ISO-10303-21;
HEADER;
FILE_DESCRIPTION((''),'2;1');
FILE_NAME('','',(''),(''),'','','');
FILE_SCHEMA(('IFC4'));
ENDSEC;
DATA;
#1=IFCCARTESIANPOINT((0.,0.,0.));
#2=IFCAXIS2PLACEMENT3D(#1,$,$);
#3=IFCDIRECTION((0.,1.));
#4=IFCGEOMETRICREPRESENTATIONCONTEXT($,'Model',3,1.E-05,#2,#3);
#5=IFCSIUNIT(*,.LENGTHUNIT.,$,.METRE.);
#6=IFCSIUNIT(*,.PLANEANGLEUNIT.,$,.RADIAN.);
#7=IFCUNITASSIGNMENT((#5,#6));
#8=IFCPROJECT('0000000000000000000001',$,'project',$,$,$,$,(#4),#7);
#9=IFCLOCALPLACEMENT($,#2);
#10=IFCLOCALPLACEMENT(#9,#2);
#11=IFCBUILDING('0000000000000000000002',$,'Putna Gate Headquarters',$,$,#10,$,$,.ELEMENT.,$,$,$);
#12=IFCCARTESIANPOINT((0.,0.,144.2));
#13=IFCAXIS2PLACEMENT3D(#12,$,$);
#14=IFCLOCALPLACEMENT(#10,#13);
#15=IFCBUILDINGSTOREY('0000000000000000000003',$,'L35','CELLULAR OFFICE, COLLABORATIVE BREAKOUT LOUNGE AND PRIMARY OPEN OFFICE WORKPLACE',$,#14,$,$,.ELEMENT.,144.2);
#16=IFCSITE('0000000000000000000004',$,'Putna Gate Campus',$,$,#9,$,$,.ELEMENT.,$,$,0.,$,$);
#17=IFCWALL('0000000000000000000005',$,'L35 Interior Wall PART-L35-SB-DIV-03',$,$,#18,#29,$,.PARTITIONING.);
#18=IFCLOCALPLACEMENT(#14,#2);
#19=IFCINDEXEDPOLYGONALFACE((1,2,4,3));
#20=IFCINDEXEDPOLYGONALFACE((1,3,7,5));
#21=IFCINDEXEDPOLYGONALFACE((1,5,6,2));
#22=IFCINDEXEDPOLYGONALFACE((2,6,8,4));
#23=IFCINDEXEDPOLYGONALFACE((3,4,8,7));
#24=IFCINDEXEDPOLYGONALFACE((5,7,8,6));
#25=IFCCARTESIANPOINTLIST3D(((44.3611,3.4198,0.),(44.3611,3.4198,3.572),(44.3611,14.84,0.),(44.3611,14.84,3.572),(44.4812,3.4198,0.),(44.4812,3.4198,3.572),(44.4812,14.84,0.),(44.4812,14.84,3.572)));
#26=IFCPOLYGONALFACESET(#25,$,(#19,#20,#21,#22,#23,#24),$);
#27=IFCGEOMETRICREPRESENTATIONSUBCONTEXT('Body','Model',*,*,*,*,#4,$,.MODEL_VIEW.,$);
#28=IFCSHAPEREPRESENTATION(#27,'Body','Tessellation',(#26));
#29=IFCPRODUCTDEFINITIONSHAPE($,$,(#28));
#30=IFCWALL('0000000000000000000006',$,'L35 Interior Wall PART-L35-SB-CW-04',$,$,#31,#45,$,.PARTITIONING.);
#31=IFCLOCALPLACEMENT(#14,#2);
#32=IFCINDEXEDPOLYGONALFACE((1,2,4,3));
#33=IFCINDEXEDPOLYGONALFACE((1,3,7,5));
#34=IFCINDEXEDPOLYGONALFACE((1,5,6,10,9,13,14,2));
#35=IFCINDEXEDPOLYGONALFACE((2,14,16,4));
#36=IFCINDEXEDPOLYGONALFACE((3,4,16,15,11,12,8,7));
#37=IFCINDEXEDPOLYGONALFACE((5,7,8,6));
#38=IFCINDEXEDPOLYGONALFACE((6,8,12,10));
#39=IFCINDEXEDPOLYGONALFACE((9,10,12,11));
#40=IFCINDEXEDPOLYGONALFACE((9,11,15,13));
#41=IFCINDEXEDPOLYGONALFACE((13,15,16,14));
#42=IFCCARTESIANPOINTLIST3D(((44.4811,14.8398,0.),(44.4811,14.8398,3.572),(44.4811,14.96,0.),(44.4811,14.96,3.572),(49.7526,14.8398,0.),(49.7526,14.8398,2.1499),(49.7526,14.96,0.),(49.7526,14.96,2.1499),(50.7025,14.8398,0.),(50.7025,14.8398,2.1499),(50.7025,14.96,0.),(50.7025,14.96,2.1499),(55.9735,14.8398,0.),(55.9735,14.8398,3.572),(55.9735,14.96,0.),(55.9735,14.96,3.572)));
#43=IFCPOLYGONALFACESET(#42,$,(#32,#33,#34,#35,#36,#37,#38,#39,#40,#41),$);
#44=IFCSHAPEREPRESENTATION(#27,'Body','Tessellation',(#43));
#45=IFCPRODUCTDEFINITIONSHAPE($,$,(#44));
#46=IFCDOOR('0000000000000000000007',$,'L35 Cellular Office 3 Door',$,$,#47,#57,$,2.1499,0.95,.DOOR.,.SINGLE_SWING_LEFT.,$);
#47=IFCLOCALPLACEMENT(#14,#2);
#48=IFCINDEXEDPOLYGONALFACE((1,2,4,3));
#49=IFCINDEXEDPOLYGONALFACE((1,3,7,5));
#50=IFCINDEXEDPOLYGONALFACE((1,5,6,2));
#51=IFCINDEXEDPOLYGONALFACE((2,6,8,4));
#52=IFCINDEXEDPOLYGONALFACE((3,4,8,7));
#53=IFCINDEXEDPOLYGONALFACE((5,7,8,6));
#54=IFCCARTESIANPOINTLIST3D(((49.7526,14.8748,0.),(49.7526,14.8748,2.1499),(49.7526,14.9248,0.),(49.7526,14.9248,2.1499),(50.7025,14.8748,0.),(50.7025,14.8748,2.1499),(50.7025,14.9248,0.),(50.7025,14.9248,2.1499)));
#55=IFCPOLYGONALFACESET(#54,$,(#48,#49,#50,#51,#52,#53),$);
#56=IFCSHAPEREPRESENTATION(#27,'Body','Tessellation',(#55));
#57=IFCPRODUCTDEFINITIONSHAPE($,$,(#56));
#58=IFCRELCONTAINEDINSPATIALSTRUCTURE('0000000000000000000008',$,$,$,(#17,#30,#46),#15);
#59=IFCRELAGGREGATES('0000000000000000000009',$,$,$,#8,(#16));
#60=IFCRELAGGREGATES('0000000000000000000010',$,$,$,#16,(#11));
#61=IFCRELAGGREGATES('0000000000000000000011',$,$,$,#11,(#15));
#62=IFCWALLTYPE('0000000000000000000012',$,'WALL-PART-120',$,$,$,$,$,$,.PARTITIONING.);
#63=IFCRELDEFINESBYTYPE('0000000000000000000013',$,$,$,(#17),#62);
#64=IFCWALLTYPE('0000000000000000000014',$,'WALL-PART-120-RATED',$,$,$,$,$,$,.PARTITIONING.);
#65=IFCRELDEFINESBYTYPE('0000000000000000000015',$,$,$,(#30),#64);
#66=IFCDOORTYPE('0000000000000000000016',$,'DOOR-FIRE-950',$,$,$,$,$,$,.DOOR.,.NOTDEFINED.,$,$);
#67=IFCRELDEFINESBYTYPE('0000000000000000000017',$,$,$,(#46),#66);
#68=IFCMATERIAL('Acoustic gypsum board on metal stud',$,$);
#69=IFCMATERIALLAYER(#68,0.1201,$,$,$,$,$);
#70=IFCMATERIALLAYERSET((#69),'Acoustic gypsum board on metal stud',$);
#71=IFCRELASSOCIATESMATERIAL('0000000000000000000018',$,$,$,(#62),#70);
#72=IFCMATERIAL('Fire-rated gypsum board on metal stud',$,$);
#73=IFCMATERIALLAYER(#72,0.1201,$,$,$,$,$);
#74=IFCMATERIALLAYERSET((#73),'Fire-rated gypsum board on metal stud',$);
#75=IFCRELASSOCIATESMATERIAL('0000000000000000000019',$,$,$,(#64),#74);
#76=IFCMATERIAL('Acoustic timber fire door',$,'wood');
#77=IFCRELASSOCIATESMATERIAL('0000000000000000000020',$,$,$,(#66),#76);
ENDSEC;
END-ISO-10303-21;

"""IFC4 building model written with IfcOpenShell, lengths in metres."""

from ifc_helpers import new_model, si_unit, direction, frame, frame_2d, origin, place, context, subcontext, project, spatial, rectangle, extrude, material, layer, layer_set, type_object, element, fill, save


model = new_model("IFC4")

# Units and contexts
model_context = context("Model", 3, precision=1e-05, world=origin(), true_north=direction((0.0, 1.0)))
body_context = subcontext(model_context, "Body", "Model", "MODEL_VIEW")
ifc_project = project(units=[si_unit("LENGTHUNIT", "METRE"), si_unit("PLANEANGLEUNIT", "RADIAN")], contexts=[model_context])

# Site, building, storey
site_placement = place(None, origin())
site = spatial("IfcSite", under=ifc_project, at=site_placement, Name="Putna Gate Campus", CompositionType="ELEMENT", RefElevation=0.0)
building_placement = place(site_placement, origin())
building = spatial("IfcBuilding", under=site, at=building_placement, Name="Putna Gate Headquarters", CompositionType="ELEMENT")
storey_placement = place(building_placement, frame((0.0, 0.0, 144.2)))
storey = spatial("IfcBuildingStorey", under=building, at=storey_placement, Name="L35", Description="CELLULAR OFFICE, COLLABORATIVE BREAKOUT LOUNGE AND PRIMARY OPEN OFFICE WORKPLACE", CompositionType="ELEMENT", Elevation=144.2)

# Wall
ifc_material_1 = material(Name="Acoustic gypsum board on metal stud")
ifc_layer_1 = layer(ifc_material_1, 0.1201)
ifc_layer_set_1 = layer_set([ifc_layer_1], Name="Acoustic gypsum board on metal stud")
wall_type_1 = type_object("IfcWallType", Name="WALL-PART-120", PredefinedType="PARTITIONING", material=ifc_layer_set_1)
wall_1_placement = place(storey_placement, frame((44.4211, 3.4199, 0.0), z_axis=(0.0, 0.0, 1.0), x_axis=(0.0, 1.0, 0.0)))
element("IfcWall", 1, at=wall_1_placement, inside=storey, type_object=wall_type_1, Name="L35 Interior Wall PART-L35-SB-DIV-03", PredefinedType="PARTITIONING", context=body_context, shape_type="SweptSolid", body=[
    extrude(rectangle(XDim=11.4202, YDim=0.1201, at=frame_2d((5.71, 0.0))), origin(), (0.0, 0.0, 1.0), 3.572),
])

# Wall, opening, door
ifc_material_2 = material(Name="Fire-rated gypsum board on metal stud")
ifc_layer_2 = layer(ifc_material_2, 0.1201)
ifc_layer_set_2 = layer_set([ifc_layer_2], Name="Fire-rated gypsum board on metal stud")
wall_type_2 = type_object("IfcWallType", Name="WALL-PART-120-RATED", PredefinedType="PARTITIONING", material=ifc_layer_set_2)
wall_2_placement = place(storey_placement, frame((44.4812, 14.8999, 0.0), z_axis=(0.0, 0.0, 1.0), x_axis=(1.0, 0.0, 0.0)))
wall_2 = element("IfcWall", 2, at=wall_2_placement, inside=storey, type_object=wall_type_2, Name="L35 Interior Wall PART-L35-SB-CW-04", PredefinedType="PARTITIONING", context=body_context, shape_type="SweptSolid", body=[
    extrude(rectangle(XDim=11.4924, YDim=0.1201, at=frame_2d((5.7461, 0.0))), origin(), (0.0, 0.0, 1.0), 3.572),
])
opening_placement = place(wall_2_placement, frame((5.2712, 0.0, 0.0)))
opening = element("IfcOpeningElement", 3, at=opening_placement, cuts=wall_2, PredefinedType="OPENING", context=body_context, shape_type="SweptSolid", body=[
    extrude(rectangle(XDim=0.95, YDim=2.1499, at=frame_2d((0.4751, 1.075))), frame((0.0, 0.0701, 0.0), z_axis=(0.0, -1.0, 0.0), x_axis=(1.0, 0.0, 0.0)), (0.0, 0.0, 1.0), 0.1401),
])
ifc_material_3 = material(Name="Acoustic timber fire door", Category="wood")
door_type = type_object("IfcDoorType", Name="DOOR-FIRE-950", OperationType="NOTDEFINED", PredefinedType="DOOR", material=ifc_material_3)
door_placement = place(opening_placement, origin())
door = element("IfcDoor", 4, at=door_placement, inside=storey, type_object=door_type, Name="L35 Cellular Office 3 Door", OperationType="SINGLE_SWING_LEFT", OverallHeight=2.1499, OverallWidth=0.95, PredefinedType="DOOR", context=body_context, shape_type="SweptSolid", body=[
    extrude(rectangle(XDim=0.95, YDim=2.1499, at=frame_2d((0.4751, 1.075))), frame((0.0, 0.0249, 0.0), z_axis=(0.0, -1.0, 0.0), x_axis=(1.0, 0.0, 0.0)), (0.0, 0.0, 1.0), 0.05),
])
fill(opening, door)

save(model, "model.ifc")
